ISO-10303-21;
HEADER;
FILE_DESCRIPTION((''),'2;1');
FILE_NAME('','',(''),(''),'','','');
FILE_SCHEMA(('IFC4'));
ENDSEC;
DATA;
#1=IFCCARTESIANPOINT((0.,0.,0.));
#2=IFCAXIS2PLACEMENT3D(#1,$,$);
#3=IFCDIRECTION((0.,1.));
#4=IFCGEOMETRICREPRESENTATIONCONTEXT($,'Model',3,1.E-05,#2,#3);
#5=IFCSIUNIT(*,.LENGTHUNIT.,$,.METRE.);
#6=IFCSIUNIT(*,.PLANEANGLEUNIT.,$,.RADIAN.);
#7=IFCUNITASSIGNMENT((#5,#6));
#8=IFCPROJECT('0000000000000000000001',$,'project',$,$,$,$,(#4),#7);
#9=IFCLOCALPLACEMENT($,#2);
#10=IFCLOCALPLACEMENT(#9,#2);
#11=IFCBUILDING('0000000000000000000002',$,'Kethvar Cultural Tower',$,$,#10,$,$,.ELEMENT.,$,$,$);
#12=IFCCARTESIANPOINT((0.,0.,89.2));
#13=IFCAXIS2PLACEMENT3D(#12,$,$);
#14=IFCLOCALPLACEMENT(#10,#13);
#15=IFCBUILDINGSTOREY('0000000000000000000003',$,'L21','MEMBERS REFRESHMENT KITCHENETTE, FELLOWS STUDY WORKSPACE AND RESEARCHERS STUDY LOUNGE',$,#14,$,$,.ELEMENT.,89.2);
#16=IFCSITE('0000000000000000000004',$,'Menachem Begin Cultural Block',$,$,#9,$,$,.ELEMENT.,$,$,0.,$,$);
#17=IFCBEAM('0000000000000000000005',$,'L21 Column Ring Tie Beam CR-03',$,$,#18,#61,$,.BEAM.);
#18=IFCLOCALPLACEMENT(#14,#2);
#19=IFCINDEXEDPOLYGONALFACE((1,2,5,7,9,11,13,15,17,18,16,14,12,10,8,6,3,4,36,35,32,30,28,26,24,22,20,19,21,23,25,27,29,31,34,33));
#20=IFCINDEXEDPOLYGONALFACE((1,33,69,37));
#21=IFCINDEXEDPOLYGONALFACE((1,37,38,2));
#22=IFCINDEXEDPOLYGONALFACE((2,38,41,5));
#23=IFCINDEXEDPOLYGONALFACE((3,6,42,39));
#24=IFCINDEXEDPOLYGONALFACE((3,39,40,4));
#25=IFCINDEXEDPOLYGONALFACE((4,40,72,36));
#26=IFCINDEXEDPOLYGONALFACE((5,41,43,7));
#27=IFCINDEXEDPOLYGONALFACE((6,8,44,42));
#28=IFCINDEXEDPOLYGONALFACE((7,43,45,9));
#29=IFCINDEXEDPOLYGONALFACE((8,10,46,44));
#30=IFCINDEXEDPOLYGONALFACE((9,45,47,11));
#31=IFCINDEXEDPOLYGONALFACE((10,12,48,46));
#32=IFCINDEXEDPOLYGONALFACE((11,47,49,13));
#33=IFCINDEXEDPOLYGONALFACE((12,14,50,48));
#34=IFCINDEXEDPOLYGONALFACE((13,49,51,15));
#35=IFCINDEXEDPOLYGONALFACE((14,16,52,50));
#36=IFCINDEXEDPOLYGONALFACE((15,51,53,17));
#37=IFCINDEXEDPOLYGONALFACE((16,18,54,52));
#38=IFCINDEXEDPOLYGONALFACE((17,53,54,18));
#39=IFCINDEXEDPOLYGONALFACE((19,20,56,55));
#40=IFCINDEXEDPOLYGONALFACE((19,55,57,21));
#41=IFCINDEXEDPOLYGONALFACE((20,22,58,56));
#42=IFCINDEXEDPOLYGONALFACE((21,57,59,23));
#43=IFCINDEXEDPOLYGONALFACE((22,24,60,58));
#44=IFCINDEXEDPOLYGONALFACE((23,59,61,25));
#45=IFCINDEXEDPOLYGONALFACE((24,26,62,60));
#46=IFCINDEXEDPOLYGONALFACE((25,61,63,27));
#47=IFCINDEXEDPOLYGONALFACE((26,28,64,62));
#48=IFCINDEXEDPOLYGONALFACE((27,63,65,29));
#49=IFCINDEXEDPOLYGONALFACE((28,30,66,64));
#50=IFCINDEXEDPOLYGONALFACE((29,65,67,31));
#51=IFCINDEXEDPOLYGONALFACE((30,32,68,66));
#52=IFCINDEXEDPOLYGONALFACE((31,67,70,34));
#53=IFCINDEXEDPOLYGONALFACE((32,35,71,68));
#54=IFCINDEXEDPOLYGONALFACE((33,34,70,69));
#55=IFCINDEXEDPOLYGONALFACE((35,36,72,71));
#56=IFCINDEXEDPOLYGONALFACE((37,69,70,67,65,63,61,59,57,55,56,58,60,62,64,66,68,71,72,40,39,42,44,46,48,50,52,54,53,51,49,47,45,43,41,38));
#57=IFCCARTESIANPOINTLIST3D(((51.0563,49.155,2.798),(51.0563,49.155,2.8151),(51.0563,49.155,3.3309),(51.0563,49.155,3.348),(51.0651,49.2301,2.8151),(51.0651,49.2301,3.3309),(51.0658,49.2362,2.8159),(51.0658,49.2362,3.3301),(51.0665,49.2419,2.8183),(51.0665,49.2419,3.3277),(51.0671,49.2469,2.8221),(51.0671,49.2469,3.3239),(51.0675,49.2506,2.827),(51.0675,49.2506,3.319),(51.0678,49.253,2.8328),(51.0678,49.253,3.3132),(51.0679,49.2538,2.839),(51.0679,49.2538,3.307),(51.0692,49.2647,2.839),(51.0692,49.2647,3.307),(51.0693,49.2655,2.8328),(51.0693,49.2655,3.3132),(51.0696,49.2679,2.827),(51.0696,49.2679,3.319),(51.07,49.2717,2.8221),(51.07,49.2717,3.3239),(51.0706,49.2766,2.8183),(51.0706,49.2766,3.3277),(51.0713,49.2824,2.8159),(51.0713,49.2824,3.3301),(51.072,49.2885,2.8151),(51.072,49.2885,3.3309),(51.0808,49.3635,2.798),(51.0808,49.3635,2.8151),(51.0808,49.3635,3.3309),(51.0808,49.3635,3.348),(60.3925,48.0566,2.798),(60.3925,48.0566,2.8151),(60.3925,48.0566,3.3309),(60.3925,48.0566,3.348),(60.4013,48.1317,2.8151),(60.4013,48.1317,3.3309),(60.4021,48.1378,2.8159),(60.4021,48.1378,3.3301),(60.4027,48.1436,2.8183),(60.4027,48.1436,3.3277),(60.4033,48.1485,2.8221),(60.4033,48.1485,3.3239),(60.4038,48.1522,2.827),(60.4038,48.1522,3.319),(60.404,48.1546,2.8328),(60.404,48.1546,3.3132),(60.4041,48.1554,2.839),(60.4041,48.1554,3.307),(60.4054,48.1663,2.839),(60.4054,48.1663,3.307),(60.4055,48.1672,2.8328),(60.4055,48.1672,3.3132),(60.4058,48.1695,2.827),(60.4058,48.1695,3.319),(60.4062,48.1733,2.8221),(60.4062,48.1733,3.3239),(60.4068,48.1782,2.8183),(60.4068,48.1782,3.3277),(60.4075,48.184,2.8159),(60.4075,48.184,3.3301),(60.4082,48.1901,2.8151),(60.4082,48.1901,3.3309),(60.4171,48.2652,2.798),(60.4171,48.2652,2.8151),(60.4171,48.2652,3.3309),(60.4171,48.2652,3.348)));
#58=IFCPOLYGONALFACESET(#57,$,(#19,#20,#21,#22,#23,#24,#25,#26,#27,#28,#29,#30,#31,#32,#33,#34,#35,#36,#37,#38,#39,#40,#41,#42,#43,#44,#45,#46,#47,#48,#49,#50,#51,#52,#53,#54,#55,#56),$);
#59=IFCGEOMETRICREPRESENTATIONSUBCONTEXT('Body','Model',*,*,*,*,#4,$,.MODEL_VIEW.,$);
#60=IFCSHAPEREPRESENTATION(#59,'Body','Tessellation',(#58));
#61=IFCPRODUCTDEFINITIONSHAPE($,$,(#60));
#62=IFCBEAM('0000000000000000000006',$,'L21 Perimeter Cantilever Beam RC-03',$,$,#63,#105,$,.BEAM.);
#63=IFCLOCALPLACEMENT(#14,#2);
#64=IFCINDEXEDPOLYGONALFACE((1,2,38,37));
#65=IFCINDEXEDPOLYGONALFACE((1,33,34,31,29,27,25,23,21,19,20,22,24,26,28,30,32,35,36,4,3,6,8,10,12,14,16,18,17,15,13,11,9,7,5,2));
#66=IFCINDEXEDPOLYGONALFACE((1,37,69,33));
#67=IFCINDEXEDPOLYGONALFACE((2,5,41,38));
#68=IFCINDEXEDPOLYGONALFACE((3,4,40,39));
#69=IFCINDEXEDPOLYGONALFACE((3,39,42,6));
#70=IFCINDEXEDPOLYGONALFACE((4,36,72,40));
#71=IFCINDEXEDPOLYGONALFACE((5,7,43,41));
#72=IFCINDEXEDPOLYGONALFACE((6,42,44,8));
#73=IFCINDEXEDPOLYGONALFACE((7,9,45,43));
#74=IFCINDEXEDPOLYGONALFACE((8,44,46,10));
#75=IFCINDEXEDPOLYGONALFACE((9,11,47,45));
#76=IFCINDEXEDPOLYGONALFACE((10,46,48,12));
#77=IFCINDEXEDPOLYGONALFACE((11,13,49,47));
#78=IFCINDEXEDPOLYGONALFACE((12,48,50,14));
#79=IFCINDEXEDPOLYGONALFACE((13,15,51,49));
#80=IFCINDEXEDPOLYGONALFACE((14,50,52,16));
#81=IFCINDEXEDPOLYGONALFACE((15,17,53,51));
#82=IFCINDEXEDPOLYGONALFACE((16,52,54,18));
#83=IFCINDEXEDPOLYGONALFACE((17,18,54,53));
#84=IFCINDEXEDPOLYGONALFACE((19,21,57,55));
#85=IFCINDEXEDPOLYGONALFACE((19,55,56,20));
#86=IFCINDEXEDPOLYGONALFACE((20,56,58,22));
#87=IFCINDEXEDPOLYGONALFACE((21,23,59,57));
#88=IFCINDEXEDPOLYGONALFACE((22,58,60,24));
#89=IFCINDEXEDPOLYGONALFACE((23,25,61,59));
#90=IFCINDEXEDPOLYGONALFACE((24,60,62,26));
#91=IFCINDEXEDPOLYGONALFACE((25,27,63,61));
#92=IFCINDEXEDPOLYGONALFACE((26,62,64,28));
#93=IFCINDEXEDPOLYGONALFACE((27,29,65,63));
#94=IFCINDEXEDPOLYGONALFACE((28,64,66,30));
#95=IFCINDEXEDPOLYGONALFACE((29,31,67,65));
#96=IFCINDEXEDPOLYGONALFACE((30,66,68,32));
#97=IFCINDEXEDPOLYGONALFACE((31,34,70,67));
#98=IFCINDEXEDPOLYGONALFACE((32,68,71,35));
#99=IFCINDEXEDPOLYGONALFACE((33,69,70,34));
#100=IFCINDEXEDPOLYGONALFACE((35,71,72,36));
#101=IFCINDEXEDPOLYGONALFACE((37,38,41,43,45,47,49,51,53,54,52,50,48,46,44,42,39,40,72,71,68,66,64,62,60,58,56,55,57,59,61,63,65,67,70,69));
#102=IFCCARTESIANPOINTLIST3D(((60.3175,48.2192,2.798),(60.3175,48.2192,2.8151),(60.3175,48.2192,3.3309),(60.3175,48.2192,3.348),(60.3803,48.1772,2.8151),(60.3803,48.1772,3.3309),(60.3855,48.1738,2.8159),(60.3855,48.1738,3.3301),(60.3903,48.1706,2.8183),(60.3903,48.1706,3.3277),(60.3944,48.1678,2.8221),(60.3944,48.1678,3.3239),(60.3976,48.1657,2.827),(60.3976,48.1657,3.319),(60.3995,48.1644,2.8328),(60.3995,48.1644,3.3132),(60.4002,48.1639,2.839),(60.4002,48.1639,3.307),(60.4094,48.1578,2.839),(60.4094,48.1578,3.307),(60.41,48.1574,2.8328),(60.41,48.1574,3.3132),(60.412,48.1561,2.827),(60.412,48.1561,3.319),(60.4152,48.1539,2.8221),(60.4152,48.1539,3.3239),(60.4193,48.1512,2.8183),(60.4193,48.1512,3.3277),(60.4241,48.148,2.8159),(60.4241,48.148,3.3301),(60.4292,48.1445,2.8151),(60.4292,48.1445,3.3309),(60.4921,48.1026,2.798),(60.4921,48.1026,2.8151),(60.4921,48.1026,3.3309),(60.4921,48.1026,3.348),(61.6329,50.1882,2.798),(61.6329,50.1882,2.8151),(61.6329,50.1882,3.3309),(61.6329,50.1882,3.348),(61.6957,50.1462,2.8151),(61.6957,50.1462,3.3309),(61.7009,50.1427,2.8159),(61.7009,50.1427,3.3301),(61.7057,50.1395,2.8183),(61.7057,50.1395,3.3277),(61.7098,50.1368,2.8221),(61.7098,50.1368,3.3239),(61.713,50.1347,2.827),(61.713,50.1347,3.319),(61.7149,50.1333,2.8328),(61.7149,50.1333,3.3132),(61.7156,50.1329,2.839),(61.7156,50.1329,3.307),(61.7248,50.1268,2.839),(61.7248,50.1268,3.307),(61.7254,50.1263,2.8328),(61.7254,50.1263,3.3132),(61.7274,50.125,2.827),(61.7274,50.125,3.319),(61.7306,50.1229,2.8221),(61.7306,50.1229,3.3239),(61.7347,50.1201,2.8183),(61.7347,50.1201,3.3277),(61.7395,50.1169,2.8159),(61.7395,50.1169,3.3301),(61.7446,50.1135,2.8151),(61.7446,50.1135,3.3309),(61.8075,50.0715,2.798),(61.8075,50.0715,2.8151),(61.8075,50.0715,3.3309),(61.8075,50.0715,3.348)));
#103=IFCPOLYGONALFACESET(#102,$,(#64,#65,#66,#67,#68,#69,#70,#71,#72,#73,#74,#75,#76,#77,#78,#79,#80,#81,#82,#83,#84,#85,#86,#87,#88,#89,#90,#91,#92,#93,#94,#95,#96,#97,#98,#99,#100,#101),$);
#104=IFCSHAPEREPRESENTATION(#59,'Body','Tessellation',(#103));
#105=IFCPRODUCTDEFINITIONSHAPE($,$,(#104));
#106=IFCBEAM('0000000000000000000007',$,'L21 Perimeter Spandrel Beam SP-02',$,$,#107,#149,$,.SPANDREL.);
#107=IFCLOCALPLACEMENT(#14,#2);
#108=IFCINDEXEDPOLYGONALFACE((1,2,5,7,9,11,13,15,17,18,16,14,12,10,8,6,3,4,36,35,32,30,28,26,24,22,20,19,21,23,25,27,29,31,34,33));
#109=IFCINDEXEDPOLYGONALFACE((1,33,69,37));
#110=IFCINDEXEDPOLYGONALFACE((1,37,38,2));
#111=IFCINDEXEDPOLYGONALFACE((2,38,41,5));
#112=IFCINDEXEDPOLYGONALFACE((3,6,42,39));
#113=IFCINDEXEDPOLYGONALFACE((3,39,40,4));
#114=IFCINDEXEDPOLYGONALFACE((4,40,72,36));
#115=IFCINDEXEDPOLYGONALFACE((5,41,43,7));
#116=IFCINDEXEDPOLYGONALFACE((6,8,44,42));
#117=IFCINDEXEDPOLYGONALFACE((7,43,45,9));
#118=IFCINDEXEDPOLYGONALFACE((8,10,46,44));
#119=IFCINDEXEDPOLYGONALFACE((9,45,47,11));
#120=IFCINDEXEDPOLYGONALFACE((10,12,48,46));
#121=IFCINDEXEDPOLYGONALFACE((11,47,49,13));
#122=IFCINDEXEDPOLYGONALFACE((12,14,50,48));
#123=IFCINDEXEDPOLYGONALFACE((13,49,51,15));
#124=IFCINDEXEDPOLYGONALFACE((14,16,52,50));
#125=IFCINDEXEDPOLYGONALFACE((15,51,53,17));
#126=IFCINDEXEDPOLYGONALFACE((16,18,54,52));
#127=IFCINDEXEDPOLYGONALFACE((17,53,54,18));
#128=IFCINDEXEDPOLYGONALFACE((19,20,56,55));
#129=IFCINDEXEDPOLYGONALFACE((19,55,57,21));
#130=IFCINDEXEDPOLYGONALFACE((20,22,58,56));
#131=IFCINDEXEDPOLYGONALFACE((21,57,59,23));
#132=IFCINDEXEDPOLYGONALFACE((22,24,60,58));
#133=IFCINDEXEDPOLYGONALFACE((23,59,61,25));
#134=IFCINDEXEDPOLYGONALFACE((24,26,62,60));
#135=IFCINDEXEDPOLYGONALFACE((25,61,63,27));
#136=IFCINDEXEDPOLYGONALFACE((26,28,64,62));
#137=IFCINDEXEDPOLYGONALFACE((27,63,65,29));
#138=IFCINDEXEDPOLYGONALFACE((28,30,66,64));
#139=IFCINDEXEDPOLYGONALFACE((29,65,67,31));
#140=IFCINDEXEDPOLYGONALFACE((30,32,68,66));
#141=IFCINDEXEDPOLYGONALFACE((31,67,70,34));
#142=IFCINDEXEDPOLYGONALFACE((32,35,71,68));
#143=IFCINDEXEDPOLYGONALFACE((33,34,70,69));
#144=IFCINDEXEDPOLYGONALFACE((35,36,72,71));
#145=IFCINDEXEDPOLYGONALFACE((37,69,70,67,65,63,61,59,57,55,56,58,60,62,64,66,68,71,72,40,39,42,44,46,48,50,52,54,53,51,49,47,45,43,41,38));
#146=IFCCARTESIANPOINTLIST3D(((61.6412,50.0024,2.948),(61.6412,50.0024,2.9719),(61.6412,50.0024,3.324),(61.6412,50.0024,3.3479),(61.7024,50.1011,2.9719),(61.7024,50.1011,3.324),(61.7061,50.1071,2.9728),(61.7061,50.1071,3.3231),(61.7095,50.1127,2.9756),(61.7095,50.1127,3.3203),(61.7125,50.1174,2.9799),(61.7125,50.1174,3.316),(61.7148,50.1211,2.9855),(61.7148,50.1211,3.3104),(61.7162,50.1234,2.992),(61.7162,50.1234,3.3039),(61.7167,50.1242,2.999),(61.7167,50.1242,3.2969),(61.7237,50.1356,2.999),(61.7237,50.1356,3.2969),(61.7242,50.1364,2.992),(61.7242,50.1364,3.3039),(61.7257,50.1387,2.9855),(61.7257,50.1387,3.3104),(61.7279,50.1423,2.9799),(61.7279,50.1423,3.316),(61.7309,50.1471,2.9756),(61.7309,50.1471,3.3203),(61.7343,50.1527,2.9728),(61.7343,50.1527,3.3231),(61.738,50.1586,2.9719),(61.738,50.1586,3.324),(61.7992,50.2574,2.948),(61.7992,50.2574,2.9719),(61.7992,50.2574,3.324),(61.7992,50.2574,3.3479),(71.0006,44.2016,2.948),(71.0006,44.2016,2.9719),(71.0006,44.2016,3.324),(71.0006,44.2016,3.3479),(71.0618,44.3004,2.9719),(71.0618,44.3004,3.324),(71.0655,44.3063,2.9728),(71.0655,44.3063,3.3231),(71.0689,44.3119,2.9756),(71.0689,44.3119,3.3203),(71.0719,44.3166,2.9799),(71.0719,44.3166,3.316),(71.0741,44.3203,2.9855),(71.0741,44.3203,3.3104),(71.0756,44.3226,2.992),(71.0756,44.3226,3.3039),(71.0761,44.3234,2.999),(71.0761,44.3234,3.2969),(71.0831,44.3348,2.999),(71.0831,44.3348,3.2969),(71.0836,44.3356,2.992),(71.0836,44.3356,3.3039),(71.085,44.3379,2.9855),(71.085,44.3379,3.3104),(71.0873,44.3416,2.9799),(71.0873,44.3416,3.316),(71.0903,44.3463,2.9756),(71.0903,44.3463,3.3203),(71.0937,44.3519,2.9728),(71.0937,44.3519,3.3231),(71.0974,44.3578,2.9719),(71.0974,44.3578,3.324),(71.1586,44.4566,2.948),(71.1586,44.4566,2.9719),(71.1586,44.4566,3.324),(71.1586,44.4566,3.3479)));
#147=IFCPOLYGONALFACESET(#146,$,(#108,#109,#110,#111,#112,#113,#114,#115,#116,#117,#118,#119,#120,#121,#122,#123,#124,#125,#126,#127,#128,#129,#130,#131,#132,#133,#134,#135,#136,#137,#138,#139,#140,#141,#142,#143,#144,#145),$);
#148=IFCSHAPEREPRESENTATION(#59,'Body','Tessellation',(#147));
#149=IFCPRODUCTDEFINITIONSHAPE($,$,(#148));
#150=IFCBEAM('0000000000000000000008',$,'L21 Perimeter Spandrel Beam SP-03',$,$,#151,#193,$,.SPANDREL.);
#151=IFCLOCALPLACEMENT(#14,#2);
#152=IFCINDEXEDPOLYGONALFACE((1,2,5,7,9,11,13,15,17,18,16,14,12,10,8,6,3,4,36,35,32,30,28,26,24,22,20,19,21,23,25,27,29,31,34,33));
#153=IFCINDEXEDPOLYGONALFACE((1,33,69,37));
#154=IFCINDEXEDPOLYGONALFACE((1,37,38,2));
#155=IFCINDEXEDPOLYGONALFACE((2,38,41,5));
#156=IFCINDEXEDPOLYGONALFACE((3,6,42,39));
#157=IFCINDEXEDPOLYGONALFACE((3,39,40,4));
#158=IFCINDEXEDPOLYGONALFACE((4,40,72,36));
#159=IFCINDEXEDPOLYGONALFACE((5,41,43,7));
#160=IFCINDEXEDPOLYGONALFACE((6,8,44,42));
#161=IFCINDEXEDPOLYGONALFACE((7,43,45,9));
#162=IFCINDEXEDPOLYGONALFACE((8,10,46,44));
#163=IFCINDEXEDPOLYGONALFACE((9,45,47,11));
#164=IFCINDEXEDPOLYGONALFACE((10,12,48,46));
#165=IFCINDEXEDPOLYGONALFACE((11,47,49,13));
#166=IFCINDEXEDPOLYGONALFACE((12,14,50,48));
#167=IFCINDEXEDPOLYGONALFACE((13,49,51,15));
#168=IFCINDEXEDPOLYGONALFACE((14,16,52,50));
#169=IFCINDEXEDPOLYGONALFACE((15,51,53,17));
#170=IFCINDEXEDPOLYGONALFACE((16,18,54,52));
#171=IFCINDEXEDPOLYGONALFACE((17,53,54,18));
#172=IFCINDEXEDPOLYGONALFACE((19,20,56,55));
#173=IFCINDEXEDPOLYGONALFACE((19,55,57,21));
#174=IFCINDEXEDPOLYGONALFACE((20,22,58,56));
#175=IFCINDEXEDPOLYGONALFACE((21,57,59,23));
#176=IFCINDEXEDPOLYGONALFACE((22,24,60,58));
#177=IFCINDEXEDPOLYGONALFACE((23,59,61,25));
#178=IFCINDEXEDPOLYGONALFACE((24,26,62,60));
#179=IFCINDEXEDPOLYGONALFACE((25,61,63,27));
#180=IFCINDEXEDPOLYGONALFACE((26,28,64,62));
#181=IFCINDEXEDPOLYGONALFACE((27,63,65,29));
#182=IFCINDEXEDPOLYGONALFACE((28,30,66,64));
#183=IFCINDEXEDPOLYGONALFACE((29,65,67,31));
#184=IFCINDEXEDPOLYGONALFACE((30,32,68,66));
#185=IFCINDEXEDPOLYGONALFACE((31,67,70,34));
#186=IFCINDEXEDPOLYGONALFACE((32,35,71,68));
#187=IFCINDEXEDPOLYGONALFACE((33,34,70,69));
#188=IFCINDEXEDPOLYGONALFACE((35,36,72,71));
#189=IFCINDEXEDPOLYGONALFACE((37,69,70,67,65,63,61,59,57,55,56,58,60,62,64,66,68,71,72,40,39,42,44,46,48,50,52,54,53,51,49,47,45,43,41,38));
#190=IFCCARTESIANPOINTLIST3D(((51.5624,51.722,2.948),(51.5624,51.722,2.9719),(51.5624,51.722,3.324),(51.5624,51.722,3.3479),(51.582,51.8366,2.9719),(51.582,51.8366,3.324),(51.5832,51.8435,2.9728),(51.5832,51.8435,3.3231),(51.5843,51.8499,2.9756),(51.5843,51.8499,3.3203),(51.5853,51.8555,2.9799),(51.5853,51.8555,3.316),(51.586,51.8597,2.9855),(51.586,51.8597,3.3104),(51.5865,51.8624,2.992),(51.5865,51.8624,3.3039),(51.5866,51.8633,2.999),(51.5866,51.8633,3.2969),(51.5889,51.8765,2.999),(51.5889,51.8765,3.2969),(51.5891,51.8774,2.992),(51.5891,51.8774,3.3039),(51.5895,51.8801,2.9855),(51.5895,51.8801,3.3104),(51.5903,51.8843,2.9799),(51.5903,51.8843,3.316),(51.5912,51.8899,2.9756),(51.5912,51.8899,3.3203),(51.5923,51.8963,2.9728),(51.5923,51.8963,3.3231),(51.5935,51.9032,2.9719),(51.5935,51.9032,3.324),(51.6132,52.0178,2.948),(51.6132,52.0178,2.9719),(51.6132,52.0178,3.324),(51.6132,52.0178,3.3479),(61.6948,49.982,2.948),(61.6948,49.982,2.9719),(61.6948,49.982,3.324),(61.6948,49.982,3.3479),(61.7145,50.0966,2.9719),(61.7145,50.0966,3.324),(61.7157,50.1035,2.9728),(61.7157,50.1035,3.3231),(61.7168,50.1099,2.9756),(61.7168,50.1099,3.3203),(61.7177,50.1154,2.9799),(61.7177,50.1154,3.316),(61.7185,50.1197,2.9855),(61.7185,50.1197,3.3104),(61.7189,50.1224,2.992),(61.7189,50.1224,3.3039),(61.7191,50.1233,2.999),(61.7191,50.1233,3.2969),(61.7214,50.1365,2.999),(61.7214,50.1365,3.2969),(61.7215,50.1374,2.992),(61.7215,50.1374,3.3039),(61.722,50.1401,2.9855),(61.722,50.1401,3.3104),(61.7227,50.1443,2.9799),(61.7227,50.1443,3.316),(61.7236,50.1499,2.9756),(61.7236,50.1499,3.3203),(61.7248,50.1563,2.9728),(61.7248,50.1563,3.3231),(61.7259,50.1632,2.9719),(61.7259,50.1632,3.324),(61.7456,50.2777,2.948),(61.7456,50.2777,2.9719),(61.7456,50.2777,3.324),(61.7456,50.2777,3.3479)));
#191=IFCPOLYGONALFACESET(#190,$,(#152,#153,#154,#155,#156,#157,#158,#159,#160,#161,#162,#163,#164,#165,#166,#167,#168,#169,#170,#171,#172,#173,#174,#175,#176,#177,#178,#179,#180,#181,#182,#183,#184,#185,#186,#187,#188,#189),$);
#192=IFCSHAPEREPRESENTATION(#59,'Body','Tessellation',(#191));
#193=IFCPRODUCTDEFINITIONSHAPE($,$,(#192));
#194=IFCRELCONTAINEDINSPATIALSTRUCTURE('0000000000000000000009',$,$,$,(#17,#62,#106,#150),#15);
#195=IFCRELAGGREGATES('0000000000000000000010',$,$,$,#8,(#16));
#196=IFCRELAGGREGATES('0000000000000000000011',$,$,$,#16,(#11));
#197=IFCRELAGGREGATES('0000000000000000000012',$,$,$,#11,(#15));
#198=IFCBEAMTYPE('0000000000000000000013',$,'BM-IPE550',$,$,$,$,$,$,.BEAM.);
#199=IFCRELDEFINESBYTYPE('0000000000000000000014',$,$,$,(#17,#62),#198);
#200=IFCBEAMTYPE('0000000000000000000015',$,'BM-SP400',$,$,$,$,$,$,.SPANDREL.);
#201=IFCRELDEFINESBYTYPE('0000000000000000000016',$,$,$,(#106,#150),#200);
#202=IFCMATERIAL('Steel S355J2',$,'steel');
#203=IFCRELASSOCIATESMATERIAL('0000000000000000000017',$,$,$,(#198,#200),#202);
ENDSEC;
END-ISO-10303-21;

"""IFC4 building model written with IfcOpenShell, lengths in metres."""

from ifc_helpers import new_model, si_unit, direction, frame, origin, origin_2d, place, context, subcontext, project, spatial, i_section, extrude, source, transform, mapped, material, material_profile, profile_set, type_object, element, save


model = new_model("IFC4")

# Units and contexts
model_context = context("Model", 3, precision=1e-05, world=origin(), true_north=direction((0.0, 1.0)))
body_context = subcontext(model_context, "Body", "Model", "MODEL_VIEW")
ifc_project = project(units=[si_unit("LENGTHUNIT", "METRE"), si_unit("PLANEANGLEUNIT", "RADIAN")], contexts=[model_context])

# Site, building, storey
site_placement = place(None, origin())
site = spatial("IfcSite", under=ifc_project, at=site_placement, Name="Menachem Begin Cultural Block", CompositionType="ELEMENT", RefElevation=0.0)
building_placement = place(site_placement, origin())
building = spatial("IfcBuilding", under=site, at=building_placement, Name="Kethvar Cultural Tower", CompositionType="ELEMENT")
storey_placement = place(building_placement, frame((0.0, 0.0, 89.2)))
storey = spatial("IfcBuildingStorey", under=building, at=storey_placement, Name="L21", Description="MEMBERS REFRESHMENT KITCHENETTE, FELLOWS STUDY WORKSPACE AND RESEARCHERS STUDY LOUNGE", CompositionType="ELEMENT", Elevation=89.2)

# Beams
ifc_material_1 = material(Name="Steel S355J2", Category="steel")
ifc_material_profile_1 = material_profile(ifc_material_1, i_section(OverallWidth=0.21, OverallDepth=0.55, WebThickness=0.011, FlangeThickness=0.0171, FilletRadius=0.0239, at=origin_2d()), Name="Steel S355J2 — IPE550")
ifc_profile_set_1 = profile_set([ifc_material_profile_1], Name="Steel S355J2 — IPE550")
beam_type_1 = type_object("IfcBeamType", Name="BM-IPE550", PredefinedType="BEAM", material=ifc_profile_set_1)
shared_shape_1 = source(origin(), body_context, "Body", "SweptSolid", [
    extrude(i_section(OverallWidth=0.21, OverallDepth=0.55, WebThickness=0.011, FlangeThickness=0.0171, FilletRadius=0.0239, at=origin_2d()), origin(), (0.0, 0.0, 1.0), 9.4006),
])
beam_1_placement = place(storey_placement, frame((60.4048, 48.1609, 3.073), z_axis=(-0.99315, 0.116843, 0.0), x_axis=(-0.116843, -0.99315, 0.0)))
element("IfcBeam", 1, at=beam_1_placement, inside=storey, type_object=beam_type_1, Name="L21 Column Ring Tie Beam CR-03", PredefinedType="BEAM", context=body_context, shape_type="MappedRepresentation", body=[
    mapped(shared_shape_1, transform((0.0, 0.0, 0.0), scale=1.0)),
])
shared_shape_2 = source(origin(), body_context, "Body", "SweptSolid", [
    extrude(i_section(OverallWidth=0.21, OverallDepth=0.55, WebThickness=0.011, FlangeThickness=0.0171, FilletRadius=0.0239, at=origin_2d()), origin(), (0.0, 0.0, 1.0), 2.3679),
])
beam_2_placement = place(storey_placement, frame((60.4048, 48.1609, 3.073), z_axis=(0.555509, 0.831511, 0.0), x_axis=(-0.831511, 0.555509, 0.0)))
element("IfcBeam", 2, at=beam_2_placement, inside=storey, type_object=beam_type_1, Name="L21 Perimeter Cantilever Beam RC-03", PredefinedType="BEAM", context=body_context, shape_type="MappedRepresentation", body=[
    mapped(shared_shape_2, transform((0.0, 0.0, 0.0), scale=1.0)),
])
ifc_material_profile_2 = material_profile(ifc_material_1, i_section(OverallWidth=0.3, OverallDepth=0.3999, WebThickness=0.0134, FlangeThickness=0.0239, FilletRadius=0.0271, at=origin_2d()), Name="Steel S355J2 — HEB400")
ifc_profile_set_2 = profile_set([ifc_material_profile_2], Name="Steel S355J2 — HEB400")
beam_type_2 = type_object("IfcBeamType", Name="BM-SP400", PredefinedType="SPANDREL", material=ifc_profile_set_2)
shared_shape_3 = source(origin(), body_context, "Body", "SweptSolid", [
    extrude(i_section(OverallWidth=0.3, OverallDepth=0.3999, WebThickness=0.0134, FlangeThickness=0.0239, FilletRadius=0.0271, at=origin_2d()), origin(), (0.0, 0.0, 1.0), 11.0112),
])
beam_3_placement = place(storey_placement, frame((71.0796, 44.3291, 3.1479), z_axis=(-0.849985, 0.526806, 0.0), x_axis=(-0.526806, -0.849985, 0.0)))
element("IfcBeam", 3, at=beam_3_placement, inside=storey, type_object=beam_type_2, Name="L21 Perimeter Spandrel Beam SP-02", PredefinedType="SPANDREL", context=body_context, shape_type="MappedRepresentation", body=[
    mapped(shared_shape_3, transform((0.0, 0.0, 0.0), scale=1.0)),
])
shared_shape_4 = source(origin(), body_context, "Body", "SweptSolid", [
    extrude(i_section(OverallWidth=0.3, OverallDepth=0.3999, WebThickness=0.0134, FlangeThickness=0.0239, FilletRadius=0.0271, at=origin_2d()), origin(), (0.0, 0.0, 1.0), 10.2808),
])
beam_4_placement = place(storey_placement, frame((61.7202, 50.1299, 3.1479), z_axis=(-0.985573, 0.169249, 0.0), x_axis=(-0.169249, -0.985573, 0.0)))
element("IfcBeam", 4, at=beam_4_placement, inside=storey, type_object=beam_type_2, Name="L21 Perimeter Spandrel Beam SP-03", PredefinedType="SPANDREL", context=body_context, shape_type="MappedRepresentation", body=[
    mapped(shared_shape_4, transform((0.0, 0.0, 0.0), scale=1.0)),
])

save(model, "model.ifc")
